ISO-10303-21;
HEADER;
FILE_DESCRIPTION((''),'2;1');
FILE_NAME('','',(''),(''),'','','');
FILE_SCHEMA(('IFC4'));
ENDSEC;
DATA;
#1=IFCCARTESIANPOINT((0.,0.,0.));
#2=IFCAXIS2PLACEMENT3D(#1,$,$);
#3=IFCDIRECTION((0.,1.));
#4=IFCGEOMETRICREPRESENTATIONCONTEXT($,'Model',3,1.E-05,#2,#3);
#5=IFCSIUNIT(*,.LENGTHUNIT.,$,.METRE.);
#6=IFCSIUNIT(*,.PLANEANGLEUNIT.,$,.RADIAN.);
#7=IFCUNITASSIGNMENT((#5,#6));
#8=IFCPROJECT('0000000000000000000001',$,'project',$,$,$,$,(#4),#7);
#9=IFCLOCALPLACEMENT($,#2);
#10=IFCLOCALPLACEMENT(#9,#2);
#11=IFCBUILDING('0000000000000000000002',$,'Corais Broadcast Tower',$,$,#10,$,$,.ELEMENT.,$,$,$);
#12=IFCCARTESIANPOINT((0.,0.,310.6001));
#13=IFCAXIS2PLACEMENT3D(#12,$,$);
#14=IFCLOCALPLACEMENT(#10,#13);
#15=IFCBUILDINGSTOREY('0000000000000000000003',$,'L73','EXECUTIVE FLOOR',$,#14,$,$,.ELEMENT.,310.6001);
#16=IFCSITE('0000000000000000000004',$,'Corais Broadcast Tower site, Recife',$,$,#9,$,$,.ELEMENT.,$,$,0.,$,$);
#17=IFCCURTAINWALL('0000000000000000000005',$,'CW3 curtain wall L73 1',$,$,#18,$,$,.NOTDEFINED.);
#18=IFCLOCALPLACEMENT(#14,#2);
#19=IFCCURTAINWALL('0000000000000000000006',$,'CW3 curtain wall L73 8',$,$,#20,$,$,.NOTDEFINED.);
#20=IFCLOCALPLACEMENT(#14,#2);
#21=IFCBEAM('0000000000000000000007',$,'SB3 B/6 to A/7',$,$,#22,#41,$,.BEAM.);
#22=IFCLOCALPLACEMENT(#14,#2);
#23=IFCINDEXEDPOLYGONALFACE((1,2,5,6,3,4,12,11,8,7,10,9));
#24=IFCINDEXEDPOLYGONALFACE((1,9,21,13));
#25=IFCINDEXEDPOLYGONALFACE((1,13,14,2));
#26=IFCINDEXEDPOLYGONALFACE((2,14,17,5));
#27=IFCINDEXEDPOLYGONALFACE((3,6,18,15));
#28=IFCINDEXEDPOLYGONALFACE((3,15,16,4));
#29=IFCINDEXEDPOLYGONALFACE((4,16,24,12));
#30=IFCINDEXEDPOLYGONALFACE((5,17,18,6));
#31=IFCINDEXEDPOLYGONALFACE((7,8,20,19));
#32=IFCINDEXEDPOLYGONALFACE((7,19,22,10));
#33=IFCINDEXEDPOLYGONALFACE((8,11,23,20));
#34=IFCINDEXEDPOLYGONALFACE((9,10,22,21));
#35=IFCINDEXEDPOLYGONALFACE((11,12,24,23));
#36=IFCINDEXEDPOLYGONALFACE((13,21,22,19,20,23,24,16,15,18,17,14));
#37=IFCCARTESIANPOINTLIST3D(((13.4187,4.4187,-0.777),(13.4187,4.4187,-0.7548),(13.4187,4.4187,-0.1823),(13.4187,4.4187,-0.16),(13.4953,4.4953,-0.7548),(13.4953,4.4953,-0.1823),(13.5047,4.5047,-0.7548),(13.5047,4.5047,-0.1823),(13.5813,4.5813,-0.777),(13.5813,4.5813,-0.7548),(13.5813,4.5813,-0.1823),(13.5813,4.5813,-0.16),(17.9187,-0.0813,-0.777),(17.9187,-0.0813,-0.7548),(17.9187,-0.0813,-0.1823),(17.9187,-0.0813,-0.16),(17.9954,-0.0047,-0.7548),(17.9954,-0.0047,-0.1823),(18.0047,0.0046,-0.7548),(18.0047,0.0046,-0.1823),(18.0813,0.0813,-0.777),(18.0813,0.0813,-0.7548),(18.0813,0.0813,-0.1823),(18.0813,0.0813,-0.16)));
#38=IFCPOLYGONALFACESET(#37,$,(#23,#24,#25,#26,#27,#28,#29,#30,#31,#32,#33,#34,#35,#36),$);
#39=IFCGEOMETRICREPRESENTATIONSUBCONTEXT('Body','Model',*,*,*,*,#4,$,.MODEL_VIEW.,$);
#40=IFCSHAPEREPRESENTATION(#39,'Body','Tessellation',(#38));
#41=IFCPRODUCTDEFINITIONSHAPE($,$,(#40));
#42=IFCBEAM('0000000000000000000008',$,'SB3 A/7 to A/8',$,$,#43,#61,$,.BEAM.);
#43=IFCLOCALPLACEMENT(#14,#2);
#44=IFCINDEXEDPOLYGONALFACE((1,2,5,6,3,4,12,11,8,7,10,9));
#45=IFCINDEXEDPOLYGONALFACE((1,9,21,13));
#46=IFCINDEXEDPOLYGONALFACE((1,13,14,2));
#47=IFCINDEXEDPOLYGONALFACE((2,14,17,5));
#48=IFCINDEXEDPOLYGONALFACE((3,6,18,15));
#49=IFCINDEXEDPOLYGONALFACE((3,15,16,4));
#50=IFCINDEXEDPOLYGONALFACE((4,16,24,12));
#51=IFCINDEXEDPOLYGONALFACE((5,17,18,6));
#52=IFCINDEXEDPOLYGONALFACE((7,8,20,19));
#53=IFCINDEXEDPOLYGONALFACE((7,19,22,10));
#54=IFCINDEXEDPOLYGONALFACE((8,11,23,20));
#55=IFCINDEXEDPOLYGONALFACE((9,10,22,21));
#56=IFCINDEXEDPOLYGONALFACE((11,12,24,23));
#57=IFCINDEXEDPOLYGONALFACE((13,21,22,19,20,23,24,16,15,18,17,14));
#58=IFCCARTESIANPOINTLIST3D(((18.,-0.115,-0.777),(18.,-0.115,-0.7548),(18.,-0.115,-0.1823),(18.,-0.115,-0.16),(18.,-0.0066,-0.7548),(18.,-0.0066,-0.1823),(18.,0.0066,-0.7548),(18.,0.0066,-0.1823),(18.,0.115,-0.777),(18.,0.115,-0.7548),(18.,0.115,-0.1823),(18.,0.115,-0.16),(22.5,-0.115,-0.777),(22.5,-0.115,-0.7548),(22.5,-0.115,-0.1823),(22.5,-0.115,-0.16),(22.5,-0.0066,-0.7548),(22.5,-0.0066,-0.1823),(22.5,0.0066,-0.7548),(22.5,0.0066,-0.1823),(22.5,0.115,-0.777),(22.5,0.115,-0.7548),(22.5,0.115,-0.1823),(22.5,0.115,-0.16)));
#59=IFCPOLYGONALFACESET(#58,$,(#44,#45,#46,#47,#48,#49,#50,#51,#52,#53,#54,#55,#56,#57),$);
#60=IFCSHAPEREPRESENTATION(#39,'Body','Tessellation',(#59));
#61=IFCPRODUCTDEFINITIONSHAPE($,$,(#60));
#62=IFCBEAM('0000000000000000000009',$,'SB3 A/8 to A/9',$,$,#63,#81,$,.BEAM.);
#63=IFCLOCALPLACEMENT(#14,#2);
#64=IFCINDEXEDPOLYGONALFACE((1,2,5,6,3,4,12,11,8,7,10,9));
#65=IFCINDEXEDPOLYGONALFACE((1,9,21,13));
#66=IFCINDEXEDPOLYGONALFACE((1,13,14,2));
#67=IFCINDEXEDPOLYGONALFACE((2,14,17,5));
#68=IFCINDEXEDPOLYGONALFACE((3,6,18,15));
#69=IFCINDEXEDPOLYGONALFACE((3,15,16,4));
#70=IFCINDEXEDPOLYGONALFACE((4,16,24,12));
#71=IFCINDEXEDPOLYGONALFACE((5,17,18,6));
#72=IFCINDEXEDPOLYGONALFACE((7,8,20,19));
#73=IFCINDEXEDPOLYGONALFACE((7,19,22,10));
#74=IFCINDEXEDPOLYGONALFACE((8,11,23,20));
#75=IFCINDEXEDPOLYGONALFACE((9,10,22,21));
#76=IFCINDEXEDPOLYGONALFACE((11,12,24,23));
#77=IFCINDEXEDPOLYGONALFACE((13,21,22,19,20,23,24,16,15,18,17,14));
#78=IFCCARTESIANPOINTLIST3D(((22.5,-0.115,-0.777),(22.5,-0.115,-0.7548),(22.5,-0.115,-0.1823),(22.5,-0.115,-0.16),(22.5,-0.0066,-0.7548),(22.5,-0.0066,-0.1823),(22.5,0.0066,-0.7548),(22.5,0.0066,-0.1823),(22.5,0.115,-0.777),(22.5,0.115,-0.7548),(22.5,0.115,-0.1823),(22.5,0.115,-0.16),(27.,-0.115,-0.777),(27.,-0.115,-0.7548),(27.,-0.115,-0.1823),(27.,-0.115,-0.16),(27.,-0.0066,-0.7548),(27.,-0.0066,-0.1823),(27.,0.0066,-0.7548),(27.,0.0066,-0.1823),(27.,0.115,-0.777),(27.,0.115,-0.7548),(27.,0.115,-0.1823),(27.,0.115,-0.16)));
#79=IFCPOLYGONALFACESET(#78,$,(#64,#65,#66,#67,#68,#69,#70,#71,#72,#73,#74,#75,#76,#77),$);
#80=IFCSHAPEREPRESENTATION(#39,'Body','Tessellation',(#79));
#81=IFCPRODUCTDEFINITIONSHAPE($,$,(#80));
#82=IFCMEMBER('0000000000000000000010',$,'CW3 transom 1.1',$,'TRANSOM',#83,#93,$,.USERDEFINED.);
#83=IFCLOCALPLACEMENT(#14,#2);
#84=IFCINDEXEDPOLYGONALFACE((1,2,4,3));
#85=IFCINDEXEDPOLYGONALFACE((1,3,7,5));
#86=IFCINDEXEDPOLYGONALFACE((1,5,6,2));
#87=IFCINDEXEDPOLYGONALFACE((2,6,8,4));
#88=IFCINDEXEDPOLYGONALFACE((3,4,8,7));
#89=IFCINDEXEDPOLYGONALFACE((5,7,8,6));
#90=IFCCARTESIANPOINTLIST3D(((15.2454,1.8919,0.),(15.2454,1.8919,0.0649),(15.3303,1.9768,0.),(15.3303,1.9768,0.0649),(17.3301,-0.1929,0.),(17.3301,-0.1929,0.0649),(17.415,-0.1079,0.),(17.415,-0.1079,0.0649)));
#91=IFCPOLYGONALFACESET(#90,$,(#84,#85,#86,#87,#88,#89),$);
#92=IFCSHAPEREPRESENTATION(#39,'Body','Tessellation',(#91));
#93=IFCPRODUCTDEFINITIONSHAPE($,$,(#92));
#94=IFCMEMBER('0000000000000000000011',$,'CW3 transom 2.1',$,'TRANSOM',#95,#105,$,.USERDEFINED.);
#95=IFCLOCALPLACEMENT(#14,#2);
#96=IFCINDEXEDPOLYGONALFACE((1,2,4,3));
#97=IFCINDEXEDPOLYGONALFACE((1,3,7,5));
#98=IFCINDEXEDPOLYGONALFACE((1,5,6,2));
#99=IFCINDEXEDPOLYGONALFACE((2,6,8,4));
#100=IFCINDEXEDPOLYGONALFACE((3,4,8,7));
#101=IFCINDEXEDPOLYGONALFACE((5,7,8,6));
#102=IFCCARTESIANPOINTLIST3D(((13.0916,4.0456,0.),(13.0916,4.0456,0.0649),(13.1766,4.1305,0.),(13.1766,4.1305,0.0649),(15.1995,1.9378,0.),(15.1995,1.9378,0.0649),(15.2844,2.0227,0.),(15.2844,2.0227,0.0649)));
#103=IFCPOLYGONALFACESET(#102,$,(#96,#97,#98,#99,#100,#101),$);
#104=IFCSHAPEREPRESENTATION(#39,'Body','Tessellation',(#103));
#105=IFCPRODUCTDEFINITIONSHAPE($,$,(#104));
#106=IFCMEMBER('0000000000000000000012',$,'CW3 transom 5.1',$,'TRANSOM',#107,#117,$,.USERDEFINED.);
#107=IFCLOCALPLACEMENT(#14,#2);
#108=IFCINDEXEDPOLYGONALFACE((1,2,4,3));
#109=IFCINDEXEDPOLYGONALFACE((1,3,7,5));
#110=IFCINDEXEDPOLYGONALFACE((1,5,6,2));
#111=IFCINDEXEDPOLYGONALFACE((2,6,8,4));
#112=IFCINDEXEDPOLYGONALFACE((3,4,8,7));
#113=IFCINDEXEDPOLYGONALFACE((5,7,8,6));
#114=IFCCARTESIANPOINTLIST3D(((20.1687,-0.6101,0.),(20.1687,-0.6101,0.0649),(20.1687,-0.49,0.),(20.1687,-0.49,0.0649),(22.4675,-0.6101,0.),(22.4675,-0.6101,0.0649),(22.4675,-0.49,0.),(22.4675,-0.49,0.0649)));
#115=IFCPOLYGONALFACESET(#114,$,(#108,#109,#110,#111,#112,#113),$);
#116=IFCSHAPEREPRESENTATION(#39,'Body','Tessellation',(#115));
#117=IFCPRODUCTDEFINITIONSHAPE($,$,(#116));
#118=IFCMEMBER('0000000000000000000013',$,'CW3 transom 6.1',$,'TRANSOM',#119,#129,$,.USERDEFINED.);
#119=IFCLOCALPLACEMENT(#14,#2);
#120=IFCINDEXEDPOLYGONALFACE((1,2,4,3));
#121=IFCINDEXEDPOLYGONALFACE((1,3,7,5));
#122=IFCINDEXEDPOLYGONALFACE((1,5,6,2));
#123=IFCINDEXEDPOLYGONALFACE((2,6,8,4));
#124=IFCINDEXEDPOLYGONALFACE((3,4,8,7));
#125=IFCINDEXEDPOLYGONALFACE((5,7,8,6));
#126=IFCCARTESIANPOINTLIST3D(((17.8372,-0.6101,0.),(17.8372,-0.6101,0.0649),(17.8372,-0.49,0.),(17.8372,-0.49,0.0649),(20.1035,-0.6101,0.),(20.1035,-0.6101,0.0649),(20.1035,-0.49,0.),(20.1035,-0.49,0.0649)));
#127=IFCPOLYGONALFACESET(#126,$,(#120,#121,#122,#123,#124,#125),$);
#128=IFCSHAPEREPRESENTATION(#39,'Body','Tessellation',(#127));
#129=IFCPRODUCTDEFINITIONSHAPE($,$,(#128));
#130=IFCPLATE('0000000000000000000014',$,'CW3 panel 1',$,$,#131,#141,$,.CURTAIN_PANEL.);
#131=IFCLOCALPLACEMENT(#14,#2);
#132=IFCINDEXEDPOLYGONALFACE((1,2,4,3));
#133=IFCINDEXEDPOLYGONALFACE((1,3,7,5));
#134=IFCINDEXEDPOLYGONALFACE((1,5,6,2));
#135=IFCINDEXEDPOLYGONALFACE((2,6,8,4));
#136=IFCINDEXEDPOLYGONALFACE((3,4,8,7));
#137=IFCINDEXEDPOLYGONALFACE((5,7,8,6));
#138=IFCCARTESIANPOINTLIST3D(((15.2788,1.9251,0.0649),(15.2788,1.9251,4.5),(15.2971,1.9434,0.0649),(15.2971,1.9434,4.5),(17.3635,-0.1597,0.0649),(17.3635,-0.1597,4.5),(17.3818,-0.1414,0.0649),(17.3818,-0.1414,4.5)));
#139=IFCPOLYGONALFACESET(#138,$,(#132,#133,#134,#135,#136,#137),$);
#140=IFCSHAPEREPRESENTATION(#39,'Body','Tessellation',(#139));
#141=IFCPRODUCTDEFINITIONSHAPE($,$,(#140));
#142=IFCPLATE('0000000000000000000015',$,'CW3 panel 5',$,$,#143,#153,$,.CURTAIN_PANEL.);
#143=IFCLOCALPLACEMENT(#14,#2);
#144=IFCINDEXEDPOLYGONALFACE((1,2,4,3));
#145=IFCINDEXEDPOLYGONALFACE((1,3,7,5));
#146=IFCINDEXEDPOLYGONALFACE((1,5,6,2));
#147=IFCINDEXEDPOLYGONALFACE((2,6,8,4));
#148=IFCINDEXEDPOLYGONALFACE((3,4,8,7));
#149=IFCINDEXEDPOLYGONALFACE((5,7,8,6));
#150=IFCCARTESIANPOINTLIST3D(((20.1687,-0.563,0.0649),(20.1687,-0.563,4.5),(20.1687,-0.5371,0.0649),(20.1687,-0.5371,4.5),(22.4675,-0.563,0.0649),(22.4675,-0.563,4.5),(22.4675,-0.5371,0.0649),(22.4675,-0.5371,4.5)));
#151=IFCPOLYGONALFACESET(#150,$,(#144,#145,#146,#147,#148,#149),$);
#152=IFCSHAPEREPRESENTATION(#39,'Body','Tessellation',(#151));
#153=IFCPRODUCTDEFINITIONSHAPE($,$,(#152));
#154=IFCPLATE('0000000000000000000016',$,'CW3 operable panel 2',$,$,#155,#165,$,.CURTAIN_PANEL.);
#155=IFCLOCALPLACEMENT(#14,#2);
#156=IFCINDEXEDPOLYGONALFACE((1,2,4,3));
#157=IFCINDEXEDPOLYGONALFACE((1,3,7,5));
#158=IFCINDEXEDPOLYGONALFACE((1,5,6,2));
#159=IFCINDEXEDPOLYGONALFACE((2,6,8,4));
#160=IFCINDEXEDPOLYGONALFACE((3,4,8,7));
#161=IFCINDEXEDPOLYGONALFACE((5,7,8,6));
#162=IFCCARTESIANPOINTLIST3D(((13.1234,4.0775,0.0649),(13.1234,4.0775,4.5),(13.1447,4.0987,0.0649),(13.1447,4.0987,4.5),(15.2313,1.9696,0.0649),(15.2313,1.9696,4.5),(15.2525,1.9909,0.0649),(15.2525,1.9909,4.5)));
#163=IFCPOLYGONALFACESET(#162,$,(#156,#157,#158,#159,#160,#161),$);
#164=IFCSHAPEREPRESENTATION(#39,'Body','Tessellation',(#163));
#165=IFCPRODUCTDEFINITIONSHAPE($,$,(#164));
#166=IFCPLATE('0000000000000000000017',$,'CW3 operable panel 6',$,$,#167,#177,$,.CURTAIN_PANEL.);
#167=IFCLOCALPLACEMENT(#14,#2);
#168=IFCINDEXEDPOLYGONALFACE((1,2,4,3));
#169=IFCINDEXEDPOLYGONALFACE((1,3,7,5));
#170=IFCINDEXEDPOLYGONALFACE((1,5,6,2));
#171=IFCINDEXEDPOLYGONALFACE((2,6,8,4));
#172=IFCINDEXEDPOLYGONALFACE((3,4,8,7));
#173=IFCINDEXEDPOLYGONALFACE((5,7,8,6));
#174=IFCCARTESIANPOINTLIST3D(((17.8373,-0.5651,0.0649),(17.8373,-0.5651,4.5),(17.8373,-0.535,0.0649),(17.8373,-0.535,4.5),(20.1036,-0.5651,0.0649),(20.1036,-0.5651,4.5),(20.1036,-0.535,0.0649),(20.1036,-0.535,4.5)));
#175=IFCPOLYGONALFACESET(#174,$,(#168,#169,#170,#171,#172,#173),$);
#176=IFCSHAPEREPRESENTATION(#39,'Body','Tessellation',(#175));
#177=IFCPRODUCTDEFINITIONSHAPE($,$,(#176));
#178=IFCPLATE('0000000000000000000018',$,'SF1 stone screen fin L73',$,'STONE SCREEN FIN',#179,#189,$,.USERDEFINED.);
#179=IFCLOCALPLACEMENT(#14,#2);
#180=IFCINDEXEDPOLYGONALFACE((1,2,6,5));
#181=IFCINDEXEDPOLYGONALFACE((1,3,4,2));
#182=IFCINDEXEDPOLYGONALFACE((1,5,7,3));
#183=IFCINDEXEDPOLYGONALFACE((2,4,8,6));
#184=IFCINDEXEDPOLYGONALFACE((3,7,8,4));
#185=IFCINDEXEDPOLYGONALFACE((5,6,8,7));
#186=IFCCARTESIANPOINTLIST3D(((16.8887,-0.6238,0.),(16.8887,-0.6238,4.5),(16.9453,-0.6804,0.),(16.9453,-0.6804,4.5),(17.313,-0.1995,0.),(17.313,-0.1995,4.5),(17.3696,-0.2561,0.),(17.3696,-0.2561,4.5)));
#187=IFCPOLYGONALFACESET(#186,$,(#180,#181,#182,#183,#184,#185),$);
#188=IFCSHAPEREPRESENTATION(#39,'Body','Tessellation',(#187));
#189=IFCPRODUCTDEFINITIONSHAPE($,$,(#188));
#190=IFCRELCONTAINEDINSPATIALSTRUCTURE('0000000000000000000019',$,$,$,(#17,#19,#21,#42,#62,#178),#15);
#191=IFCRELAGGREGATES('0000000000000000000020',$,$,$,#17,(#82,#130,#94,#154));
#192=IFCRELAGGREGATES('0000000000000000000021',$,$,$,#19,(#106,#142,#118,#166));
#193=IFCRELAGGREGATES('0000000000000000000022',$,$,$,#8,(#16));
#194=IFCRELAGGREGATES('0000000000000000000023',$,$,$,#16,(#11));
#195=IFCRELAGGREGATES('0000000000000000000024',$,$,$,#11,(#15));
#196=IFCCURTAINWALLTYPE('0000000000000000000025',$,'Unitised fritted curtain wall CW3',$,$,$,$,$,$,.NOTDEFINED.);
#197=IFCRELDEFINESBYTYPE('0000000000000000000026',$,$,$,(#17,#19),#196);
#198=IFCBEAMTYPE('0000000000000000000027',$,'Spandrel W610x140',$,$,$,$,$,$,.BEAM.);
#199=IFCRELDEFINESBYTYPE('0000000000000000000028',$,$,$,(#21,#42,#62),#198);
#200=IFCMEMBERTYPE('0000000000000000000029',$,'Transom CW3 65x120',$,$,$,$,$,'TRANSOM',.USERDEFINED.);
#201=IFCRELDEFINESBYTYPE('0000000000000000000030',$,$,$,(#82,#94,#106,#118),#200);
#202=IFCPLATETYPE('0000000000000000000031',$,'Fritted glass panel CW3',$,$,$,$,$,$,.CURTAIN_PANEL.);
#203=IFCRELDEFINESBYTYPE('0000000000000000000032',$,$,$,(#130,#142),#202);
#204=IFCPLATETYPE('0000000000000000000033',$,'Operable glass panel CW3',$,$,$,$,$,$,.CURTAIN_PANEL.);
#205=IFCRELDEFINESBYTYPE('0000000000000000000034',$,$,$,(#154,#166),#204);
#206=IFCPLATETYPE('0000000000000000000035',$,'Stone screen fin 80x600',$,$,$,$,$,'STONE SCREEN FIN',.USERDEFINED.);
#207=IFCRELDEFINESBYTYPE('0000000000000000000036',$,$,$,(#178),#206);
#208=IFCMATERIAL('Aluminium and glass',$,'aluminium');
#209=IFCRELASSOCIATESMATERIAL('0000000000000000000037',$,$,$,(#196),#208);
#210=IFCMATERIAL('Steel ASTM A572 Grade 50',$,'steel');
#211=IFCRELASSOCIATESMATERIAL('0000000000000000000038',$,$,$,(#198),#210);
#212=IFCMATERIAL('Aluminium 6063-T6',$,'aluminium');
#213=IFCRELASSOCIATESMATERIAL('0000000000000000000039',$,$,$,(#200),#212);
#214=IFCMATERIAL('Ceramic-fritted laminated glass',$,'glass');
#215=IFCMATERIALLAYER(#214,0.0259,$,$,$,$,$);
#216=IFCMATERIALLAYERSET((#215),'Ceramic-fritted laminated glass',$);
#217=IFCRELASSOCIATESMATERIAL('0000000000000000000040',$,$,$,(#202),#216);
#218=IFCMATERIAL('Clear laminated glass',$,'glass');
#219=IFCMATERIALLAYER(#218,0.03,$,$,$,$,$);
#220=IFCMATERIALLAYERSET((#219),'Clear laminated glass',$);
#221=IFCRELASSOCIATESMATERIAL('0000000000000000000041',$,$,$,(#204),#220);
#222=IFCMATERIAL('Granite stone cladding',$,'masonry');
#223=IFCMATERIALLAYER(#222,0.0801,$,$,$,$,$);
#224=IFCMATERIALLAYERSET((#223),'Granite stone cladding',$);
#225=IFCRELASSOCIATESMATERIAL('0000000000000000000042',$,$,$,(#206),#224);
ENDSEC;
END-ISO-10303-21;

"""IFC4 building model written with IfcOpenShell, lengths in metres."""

from ifc_helpers import new_model, si_unit, direction, frame, origin, origin_2d, place, context, subcontext, project, spatial, rectangle, i_section, extrude, material, layer, layer_set, material_profile, profile_set, type_object, element, aggregate, save


model = new_model("IFC4")

# Units and contexts
model_context = context("Model", 3, precision=1e-05, world=origin(), true_north=direction((0.0, 1.0)))
body_context = subcontext(model_context, "Body", "Model", "MODEL_VIEW")
ifc_project = project(units=[si_unit("LENGTHUNIT", "METRE"), si_unit("PLANEANGLEUNIT", "RADIAN")], contexts=[model_context])

# Site, building, storey
site_placement = place(None, origin())
site = spatial("IfcSite", under=ifc_project, at=site_placement, Name="Corais Broadcast Tower site, Recife", CompositionType="ELEMENT", RefElevation=0.0)
building_placement = place(site_placement, origin())
building = spatial("IfcBuilding", under=site, at=building_placement, Name="Corais Broadcast Tower", CompositionType="ELEMENT")
storey_placement = place(building_placement, frame((0.0, 0.0, 310.6001)))
storey = spatial("IfcBuildingStorey", under=building, at=storey_placement, Name="L73", Description="EXECUTIVE FLOOR", CompositionType="ELEMENT", Elevation=310.6001)

# Curtain walls
ifc_material_1 = material(Name="Aluminium and glass", Category="aluminium")
curtain_wall_type = type_object("IfcCurtainWallType", Name="Unitised fritted curtain wall CW3", PredefinedType="NOTDEFINED", material=ifc_material_1)
curtain_wall_1_placement = place(storey_placement, origin())
curtain_wall_1 = element("IfcCurtainWall", 1, at=curtain_wall_1_placement, inside=storey, type_object=curtain_wall_type, Name="CW3 curtain wall L73 1", PredefinedType="NOTDEFINED")
curtain_wall_2_placement = place(storey_placement, origin())
curtain_wall_2 = element("IfcCurtainWall", 2, at=curtain_wall_2_placement, inside=storey, type_object=curtain_wall_type, Name="CW3 curtain wall L73 8", PredefinedType="NOTDEFINED")

# Beams
ifc_material_2 = material(Name="Steel ASTM A572 Grade 50", Category="steel")
ifc_material_profile_1 = material_profile(ifc_material_2, i_section(OverallWidth=0.23, OverallDepth=0.6169, WebThickness=0.0132, FlangeThickness=0.0222, at=origin_2d()), Name="W610x140")
ifc_profile_set_1 = profile_set([ifc_material_profile_1], Name="Steel ASTM A572 Grade 50")
beam_type_1 = type_object("IfcBeamType", Name="Spandrel W610x140", PredefinedType="BEAM", material=ifc_profile_set_1)
beam_1_placement = place(storey_placement, frame((13.5, 4.5, -0.4685), z_axis=(0.707107, -0.707107, 0.0), x_axis=(0.707107, 0.707107, 0.0)))
element("IfcBeam", 3, at=beam_1_placement, inside=storey, type_object=beam_type_1, Name="SB3 B/6 to A/7", PredefinedType="BEAM", context=body_context, shape_type="SweptSolid", body=[
    extrude(i_section(OverallWidth=0.23, OverallDepth=0.6169, WebThickness=0.0132, FlangeThickness=0.0222, at=origin_2d()), origin(), (0.0, 0.0, 1.0), 6.364),
])
for number, where, z_axis, x_axis, name in (
    (4, (18.0, 0.0, -0.4685), (1.0, 0.0, 0.0), (0.0, 1.0, 0.0), "SB3 A/7 to A/8"),
    (5, (22.5, 0.0, -0.4685), (1.0, 0.0, 0.0), (0.0, 1.0, 0.0), "SB3 A/8 to A/9"),
):
    element("IfcBeam", number, at=place(storey_placement, frame(where, z_axis=z_axis, x_axis=x_axis)), inside=storey, type_object=beam_type_1, Name=name, PredefinedType="BEAM", context=body_context, shape_type="SweptSolid", body=[
        extrude(i_section(OverallWidth=0.23, OverallDepth=0.6169, WebThickness=0.0132, FlangeThickness=0.0222, at=origin_2d()), origin(), (0.0, 0.0, 1.0), 4.5),
    ])

# Members
ifc_material_3 = material(Name="Aluminium 6063-T6", Category="aluminium")
ifc_material_profile_2 = material_profile(ifc_material_3, rectangle(XDim=0.1201, YDim=0.0649, at=origin_2d()), Name="Transom CW3 65x120")
ifc_profile_set_2 = profile_set([ifc_material_profile_2], Name="Aluminium 6063-T6")
member_type_1 = type_object("IfcMemberType", Name="Transom CW3 65x120", ElementType="TRANSOM", PredefinedType="USERDEFINED", material=ifc_profile_set_2)
member_1_placement = place(storey_placement, frame((17.3726, -0.1504, 0.0325), z_axis=(-0.707107, 0.707107, 0.0), x_axis=(-0.707107, -0.707107, 0.0)))
member_1 = element("IfcMember", 6, at=member_1_placement, type_object=member_type_1, Name="CW3 transom 1.1", ObjectType="TRANSOM", PredefinedType="USERDEFINED", context=body_context, shape_type="SweptSolid", body=[
    extrude(rectangle(XDim=0.1201, YDim=0.0649, at=origin_2d()), origin(), (0.0, 0.0, 1.0), 2.9482),
])
member_2_placement = place(storey_placement, frame((15.2419, 1.9802, 0.0325), z_axis=(-0.707107, 0.707107, 0.0), x_axis=(-0.707107, -0.707107, 0.0)))
member_2 = element("IfcMember", 7, at=member_2_placement, type_object=member_type_1, Name="CW3 transom 2.1", ObjectType="TRANSOM", PredefinedType="USERDEFINED", context=body_context, shape_type="SweptSolid", body=[
    extrude(rectangle(XDim=0.1201, YDim=0.0649, at=origin_2d()), origin(), (0.0, 0.0, 1.0), 2.981),
])
member_3_placement = place(storey_placement, frame((22.4675, -0.55, 0.0325), z_axis=(-1.0, 0.0, 0.0), x_axis=(0.0, -1.0, 0.0)))
member_3 = element("IfcMember", 8, at=member_3_placement, type_object=member_type_1, Name="CW3 transom 5.1", ObjectType="TRANSOM", PredefinedType="USERDEFINED", context=body_context, shape_type="SweptSolid", body=[
    extrude(rectangle(XDim=0.1201, YDim=0.0649, at=origin_2d()), origin(), (0.0, 0.0, 1.0), 2.2988),
])
member_4_placement = place(storey_placement, frame((20.1035, -0.55, 0.0325), z_axis=(-1.0, 0.0, 0.0), x_axis=(0.0, -1.0, 0.0)))
member_4 = element("IfcMember", 9, at=member_4_placement, type_object=member_type_1, Name="CW3 transom 6.1", ObjectType="TRANSOM", PredefinedType="USERDEFINED", context=body_context, shape_type="SweptSolid", body=[
    extrude(rectangle(XDim=0.1201, YDim=0.0649, at=origin_2d()), origin(), (0.0, 0.0, 1.0), 2.2664),
])

# Plates
ifc_material_4 = material(Name="Ceramic-fritted laminated glass", Category="glass")
ifc_layer_1 = layer(ifc_material_4, 0.0259)
ifc_layer_set_1 = layer_set([ifc_layer_1], Name="Ceramic-fritted laminated glass")
plate_type_1 = type_object("IfcPlateType", Name="Fritted glass panel CW3", PredefinedType="CURTAIN_PANEL", material=ifc_layer_set_1)
plate_1_placement = place(storey_placement, frame((16.3303, 0.8918, 0.0649), z_axis=(0.0, 0.0, 1.0), x_axis=(-0.707107, 0.707107, 0.0)))
plate_1 = element("IfcPlate", 10, at=plate_1_placement, type_object=plate_type_1, Name="CW3 panel 1", PredefinedType="CURTAIN_PANEL", context=body_context, shape_type="SweptSolid", body=[
    extrude(rectangle(XDim=2.9482, YDim=0.0259, at=origin_2d()), origin(), (0.0, 0.0, 1.0), 4.4351),
])
plate_2_placement = place(storey_placement, frame((21.3181, -0.55, 0.0649), z_axis=(0.0, 0.0, 1.0), x_axis=(-1.0, 0.0, 0.0)))
plate_2 = element("IfcPlate", 11, at=plate_2_placement, type_object=plate_type_1, Name="CW3 panel 5", PredefinedType="CURTAIN_PANEL", context=body_context, shape_type="SweptSolid", body=[
    extrude(rectangle(XDim=2.2988, YDim=0.0259, at=origin_2d()), origin(), (0.0, 0.0, 1.0), 4.4351),
])
ifc_material_5 = material(Name="Clear laminated glass", Category="glass")
ifc_layer_2 = layer(ifc_material_5, 0.03)
ifc_layer_set_2 = layer_set([ifc_layer_2], Name="Clear laminated glass")
plate_type_2 = type_object("IfcPlateType", Name="Operable glass panel CW3", PredefinedType="CURTAIN_PANEL", material=ifc_layer_set_2)
plate_3_placement = place(storey_placement, frame((14.188, 3.0342, 0.0649), z_axis=(0.0, 0.0, 1.0), x_axis=(-0.707107, 0.707107, 0.0)))
plate_3 = element("IfcPlate", 12, at=plate_3_placement, type_object=plate_type_2, Name="CW3 operable panel 2", PredefinedType="CURTAIN_PANEL", context=body_context, shape_type="SweptSolid", body=[
    extrude(rectangle(XDim=2.981, YDim=0.03, at=origin_2d()), origin(), (0.0, 0.0, 1.0), 4.4351),
])
aggregate(curtain_wall_1, [member_1, plate_1, member_2, plate_3])
plate_4_placement = place(storey_placement, frame((18.9705, -0.55, 0.0649), z_axis=(0.0, 0.0, 1.0), x_axis=(-1.0, 0.0, 0.0)))
plate_4 = element("IfcPlate", 13, at=plate_4_placement, type_object=plate_type_2, Name="CW3 operable panel 6", PredefinedType="CURTAIN_PANEL", context=body_context, shape_type="SweptSolid", body=[
    extrude(rectangle(XDim=2.2664, YDim=0.03, at=origin_2d()), origin(), (0.0, 0.0, 1.0), 4.4351),
])
aggregate(curtain_wall_2, [member_3, plate_2, member_4, plate_4])
ifc_material_6 = material(Name="Granite stone cladding", Category="masonry")
ifc_layer_3 = layer(ifc_material_6, 0.0801)
ifc_layer_set_3 = layer_set([ifc_layer_3], Name="Granite stone cladding")
plate_type_3 = type_object("IfcPlateType", Name="Stone screen fin 80x600", ElementType="STONE SCREEN FIN", PredefinedType="USERDEFINED", material=ifc_layer_set_3)
plate_5_placement = place(storey_placement, frame((17.1292, -0.4399, 0.0), z_axis=(0.0, 0.0, 1.0), x_axis=(-0.707107, 0.707107, 0.0)))
element("IfcPlate", 14, at=plate_5_placement, inside=storey, type_object=plate_type_3, Name="SF1 stone screen fin L73", ObjectType="STONE SCREEN FIN", PredefinedType="USERDEFINED", context=body_context, shape_type="SweptSolid", body=[
    extrude(rectangle(XDim=0.0801, YDim=0.6001, at=origin_2d()), origin(), (0.0, 0.0, 1.0), 4.5),
])

save(model, "model.ifc")
